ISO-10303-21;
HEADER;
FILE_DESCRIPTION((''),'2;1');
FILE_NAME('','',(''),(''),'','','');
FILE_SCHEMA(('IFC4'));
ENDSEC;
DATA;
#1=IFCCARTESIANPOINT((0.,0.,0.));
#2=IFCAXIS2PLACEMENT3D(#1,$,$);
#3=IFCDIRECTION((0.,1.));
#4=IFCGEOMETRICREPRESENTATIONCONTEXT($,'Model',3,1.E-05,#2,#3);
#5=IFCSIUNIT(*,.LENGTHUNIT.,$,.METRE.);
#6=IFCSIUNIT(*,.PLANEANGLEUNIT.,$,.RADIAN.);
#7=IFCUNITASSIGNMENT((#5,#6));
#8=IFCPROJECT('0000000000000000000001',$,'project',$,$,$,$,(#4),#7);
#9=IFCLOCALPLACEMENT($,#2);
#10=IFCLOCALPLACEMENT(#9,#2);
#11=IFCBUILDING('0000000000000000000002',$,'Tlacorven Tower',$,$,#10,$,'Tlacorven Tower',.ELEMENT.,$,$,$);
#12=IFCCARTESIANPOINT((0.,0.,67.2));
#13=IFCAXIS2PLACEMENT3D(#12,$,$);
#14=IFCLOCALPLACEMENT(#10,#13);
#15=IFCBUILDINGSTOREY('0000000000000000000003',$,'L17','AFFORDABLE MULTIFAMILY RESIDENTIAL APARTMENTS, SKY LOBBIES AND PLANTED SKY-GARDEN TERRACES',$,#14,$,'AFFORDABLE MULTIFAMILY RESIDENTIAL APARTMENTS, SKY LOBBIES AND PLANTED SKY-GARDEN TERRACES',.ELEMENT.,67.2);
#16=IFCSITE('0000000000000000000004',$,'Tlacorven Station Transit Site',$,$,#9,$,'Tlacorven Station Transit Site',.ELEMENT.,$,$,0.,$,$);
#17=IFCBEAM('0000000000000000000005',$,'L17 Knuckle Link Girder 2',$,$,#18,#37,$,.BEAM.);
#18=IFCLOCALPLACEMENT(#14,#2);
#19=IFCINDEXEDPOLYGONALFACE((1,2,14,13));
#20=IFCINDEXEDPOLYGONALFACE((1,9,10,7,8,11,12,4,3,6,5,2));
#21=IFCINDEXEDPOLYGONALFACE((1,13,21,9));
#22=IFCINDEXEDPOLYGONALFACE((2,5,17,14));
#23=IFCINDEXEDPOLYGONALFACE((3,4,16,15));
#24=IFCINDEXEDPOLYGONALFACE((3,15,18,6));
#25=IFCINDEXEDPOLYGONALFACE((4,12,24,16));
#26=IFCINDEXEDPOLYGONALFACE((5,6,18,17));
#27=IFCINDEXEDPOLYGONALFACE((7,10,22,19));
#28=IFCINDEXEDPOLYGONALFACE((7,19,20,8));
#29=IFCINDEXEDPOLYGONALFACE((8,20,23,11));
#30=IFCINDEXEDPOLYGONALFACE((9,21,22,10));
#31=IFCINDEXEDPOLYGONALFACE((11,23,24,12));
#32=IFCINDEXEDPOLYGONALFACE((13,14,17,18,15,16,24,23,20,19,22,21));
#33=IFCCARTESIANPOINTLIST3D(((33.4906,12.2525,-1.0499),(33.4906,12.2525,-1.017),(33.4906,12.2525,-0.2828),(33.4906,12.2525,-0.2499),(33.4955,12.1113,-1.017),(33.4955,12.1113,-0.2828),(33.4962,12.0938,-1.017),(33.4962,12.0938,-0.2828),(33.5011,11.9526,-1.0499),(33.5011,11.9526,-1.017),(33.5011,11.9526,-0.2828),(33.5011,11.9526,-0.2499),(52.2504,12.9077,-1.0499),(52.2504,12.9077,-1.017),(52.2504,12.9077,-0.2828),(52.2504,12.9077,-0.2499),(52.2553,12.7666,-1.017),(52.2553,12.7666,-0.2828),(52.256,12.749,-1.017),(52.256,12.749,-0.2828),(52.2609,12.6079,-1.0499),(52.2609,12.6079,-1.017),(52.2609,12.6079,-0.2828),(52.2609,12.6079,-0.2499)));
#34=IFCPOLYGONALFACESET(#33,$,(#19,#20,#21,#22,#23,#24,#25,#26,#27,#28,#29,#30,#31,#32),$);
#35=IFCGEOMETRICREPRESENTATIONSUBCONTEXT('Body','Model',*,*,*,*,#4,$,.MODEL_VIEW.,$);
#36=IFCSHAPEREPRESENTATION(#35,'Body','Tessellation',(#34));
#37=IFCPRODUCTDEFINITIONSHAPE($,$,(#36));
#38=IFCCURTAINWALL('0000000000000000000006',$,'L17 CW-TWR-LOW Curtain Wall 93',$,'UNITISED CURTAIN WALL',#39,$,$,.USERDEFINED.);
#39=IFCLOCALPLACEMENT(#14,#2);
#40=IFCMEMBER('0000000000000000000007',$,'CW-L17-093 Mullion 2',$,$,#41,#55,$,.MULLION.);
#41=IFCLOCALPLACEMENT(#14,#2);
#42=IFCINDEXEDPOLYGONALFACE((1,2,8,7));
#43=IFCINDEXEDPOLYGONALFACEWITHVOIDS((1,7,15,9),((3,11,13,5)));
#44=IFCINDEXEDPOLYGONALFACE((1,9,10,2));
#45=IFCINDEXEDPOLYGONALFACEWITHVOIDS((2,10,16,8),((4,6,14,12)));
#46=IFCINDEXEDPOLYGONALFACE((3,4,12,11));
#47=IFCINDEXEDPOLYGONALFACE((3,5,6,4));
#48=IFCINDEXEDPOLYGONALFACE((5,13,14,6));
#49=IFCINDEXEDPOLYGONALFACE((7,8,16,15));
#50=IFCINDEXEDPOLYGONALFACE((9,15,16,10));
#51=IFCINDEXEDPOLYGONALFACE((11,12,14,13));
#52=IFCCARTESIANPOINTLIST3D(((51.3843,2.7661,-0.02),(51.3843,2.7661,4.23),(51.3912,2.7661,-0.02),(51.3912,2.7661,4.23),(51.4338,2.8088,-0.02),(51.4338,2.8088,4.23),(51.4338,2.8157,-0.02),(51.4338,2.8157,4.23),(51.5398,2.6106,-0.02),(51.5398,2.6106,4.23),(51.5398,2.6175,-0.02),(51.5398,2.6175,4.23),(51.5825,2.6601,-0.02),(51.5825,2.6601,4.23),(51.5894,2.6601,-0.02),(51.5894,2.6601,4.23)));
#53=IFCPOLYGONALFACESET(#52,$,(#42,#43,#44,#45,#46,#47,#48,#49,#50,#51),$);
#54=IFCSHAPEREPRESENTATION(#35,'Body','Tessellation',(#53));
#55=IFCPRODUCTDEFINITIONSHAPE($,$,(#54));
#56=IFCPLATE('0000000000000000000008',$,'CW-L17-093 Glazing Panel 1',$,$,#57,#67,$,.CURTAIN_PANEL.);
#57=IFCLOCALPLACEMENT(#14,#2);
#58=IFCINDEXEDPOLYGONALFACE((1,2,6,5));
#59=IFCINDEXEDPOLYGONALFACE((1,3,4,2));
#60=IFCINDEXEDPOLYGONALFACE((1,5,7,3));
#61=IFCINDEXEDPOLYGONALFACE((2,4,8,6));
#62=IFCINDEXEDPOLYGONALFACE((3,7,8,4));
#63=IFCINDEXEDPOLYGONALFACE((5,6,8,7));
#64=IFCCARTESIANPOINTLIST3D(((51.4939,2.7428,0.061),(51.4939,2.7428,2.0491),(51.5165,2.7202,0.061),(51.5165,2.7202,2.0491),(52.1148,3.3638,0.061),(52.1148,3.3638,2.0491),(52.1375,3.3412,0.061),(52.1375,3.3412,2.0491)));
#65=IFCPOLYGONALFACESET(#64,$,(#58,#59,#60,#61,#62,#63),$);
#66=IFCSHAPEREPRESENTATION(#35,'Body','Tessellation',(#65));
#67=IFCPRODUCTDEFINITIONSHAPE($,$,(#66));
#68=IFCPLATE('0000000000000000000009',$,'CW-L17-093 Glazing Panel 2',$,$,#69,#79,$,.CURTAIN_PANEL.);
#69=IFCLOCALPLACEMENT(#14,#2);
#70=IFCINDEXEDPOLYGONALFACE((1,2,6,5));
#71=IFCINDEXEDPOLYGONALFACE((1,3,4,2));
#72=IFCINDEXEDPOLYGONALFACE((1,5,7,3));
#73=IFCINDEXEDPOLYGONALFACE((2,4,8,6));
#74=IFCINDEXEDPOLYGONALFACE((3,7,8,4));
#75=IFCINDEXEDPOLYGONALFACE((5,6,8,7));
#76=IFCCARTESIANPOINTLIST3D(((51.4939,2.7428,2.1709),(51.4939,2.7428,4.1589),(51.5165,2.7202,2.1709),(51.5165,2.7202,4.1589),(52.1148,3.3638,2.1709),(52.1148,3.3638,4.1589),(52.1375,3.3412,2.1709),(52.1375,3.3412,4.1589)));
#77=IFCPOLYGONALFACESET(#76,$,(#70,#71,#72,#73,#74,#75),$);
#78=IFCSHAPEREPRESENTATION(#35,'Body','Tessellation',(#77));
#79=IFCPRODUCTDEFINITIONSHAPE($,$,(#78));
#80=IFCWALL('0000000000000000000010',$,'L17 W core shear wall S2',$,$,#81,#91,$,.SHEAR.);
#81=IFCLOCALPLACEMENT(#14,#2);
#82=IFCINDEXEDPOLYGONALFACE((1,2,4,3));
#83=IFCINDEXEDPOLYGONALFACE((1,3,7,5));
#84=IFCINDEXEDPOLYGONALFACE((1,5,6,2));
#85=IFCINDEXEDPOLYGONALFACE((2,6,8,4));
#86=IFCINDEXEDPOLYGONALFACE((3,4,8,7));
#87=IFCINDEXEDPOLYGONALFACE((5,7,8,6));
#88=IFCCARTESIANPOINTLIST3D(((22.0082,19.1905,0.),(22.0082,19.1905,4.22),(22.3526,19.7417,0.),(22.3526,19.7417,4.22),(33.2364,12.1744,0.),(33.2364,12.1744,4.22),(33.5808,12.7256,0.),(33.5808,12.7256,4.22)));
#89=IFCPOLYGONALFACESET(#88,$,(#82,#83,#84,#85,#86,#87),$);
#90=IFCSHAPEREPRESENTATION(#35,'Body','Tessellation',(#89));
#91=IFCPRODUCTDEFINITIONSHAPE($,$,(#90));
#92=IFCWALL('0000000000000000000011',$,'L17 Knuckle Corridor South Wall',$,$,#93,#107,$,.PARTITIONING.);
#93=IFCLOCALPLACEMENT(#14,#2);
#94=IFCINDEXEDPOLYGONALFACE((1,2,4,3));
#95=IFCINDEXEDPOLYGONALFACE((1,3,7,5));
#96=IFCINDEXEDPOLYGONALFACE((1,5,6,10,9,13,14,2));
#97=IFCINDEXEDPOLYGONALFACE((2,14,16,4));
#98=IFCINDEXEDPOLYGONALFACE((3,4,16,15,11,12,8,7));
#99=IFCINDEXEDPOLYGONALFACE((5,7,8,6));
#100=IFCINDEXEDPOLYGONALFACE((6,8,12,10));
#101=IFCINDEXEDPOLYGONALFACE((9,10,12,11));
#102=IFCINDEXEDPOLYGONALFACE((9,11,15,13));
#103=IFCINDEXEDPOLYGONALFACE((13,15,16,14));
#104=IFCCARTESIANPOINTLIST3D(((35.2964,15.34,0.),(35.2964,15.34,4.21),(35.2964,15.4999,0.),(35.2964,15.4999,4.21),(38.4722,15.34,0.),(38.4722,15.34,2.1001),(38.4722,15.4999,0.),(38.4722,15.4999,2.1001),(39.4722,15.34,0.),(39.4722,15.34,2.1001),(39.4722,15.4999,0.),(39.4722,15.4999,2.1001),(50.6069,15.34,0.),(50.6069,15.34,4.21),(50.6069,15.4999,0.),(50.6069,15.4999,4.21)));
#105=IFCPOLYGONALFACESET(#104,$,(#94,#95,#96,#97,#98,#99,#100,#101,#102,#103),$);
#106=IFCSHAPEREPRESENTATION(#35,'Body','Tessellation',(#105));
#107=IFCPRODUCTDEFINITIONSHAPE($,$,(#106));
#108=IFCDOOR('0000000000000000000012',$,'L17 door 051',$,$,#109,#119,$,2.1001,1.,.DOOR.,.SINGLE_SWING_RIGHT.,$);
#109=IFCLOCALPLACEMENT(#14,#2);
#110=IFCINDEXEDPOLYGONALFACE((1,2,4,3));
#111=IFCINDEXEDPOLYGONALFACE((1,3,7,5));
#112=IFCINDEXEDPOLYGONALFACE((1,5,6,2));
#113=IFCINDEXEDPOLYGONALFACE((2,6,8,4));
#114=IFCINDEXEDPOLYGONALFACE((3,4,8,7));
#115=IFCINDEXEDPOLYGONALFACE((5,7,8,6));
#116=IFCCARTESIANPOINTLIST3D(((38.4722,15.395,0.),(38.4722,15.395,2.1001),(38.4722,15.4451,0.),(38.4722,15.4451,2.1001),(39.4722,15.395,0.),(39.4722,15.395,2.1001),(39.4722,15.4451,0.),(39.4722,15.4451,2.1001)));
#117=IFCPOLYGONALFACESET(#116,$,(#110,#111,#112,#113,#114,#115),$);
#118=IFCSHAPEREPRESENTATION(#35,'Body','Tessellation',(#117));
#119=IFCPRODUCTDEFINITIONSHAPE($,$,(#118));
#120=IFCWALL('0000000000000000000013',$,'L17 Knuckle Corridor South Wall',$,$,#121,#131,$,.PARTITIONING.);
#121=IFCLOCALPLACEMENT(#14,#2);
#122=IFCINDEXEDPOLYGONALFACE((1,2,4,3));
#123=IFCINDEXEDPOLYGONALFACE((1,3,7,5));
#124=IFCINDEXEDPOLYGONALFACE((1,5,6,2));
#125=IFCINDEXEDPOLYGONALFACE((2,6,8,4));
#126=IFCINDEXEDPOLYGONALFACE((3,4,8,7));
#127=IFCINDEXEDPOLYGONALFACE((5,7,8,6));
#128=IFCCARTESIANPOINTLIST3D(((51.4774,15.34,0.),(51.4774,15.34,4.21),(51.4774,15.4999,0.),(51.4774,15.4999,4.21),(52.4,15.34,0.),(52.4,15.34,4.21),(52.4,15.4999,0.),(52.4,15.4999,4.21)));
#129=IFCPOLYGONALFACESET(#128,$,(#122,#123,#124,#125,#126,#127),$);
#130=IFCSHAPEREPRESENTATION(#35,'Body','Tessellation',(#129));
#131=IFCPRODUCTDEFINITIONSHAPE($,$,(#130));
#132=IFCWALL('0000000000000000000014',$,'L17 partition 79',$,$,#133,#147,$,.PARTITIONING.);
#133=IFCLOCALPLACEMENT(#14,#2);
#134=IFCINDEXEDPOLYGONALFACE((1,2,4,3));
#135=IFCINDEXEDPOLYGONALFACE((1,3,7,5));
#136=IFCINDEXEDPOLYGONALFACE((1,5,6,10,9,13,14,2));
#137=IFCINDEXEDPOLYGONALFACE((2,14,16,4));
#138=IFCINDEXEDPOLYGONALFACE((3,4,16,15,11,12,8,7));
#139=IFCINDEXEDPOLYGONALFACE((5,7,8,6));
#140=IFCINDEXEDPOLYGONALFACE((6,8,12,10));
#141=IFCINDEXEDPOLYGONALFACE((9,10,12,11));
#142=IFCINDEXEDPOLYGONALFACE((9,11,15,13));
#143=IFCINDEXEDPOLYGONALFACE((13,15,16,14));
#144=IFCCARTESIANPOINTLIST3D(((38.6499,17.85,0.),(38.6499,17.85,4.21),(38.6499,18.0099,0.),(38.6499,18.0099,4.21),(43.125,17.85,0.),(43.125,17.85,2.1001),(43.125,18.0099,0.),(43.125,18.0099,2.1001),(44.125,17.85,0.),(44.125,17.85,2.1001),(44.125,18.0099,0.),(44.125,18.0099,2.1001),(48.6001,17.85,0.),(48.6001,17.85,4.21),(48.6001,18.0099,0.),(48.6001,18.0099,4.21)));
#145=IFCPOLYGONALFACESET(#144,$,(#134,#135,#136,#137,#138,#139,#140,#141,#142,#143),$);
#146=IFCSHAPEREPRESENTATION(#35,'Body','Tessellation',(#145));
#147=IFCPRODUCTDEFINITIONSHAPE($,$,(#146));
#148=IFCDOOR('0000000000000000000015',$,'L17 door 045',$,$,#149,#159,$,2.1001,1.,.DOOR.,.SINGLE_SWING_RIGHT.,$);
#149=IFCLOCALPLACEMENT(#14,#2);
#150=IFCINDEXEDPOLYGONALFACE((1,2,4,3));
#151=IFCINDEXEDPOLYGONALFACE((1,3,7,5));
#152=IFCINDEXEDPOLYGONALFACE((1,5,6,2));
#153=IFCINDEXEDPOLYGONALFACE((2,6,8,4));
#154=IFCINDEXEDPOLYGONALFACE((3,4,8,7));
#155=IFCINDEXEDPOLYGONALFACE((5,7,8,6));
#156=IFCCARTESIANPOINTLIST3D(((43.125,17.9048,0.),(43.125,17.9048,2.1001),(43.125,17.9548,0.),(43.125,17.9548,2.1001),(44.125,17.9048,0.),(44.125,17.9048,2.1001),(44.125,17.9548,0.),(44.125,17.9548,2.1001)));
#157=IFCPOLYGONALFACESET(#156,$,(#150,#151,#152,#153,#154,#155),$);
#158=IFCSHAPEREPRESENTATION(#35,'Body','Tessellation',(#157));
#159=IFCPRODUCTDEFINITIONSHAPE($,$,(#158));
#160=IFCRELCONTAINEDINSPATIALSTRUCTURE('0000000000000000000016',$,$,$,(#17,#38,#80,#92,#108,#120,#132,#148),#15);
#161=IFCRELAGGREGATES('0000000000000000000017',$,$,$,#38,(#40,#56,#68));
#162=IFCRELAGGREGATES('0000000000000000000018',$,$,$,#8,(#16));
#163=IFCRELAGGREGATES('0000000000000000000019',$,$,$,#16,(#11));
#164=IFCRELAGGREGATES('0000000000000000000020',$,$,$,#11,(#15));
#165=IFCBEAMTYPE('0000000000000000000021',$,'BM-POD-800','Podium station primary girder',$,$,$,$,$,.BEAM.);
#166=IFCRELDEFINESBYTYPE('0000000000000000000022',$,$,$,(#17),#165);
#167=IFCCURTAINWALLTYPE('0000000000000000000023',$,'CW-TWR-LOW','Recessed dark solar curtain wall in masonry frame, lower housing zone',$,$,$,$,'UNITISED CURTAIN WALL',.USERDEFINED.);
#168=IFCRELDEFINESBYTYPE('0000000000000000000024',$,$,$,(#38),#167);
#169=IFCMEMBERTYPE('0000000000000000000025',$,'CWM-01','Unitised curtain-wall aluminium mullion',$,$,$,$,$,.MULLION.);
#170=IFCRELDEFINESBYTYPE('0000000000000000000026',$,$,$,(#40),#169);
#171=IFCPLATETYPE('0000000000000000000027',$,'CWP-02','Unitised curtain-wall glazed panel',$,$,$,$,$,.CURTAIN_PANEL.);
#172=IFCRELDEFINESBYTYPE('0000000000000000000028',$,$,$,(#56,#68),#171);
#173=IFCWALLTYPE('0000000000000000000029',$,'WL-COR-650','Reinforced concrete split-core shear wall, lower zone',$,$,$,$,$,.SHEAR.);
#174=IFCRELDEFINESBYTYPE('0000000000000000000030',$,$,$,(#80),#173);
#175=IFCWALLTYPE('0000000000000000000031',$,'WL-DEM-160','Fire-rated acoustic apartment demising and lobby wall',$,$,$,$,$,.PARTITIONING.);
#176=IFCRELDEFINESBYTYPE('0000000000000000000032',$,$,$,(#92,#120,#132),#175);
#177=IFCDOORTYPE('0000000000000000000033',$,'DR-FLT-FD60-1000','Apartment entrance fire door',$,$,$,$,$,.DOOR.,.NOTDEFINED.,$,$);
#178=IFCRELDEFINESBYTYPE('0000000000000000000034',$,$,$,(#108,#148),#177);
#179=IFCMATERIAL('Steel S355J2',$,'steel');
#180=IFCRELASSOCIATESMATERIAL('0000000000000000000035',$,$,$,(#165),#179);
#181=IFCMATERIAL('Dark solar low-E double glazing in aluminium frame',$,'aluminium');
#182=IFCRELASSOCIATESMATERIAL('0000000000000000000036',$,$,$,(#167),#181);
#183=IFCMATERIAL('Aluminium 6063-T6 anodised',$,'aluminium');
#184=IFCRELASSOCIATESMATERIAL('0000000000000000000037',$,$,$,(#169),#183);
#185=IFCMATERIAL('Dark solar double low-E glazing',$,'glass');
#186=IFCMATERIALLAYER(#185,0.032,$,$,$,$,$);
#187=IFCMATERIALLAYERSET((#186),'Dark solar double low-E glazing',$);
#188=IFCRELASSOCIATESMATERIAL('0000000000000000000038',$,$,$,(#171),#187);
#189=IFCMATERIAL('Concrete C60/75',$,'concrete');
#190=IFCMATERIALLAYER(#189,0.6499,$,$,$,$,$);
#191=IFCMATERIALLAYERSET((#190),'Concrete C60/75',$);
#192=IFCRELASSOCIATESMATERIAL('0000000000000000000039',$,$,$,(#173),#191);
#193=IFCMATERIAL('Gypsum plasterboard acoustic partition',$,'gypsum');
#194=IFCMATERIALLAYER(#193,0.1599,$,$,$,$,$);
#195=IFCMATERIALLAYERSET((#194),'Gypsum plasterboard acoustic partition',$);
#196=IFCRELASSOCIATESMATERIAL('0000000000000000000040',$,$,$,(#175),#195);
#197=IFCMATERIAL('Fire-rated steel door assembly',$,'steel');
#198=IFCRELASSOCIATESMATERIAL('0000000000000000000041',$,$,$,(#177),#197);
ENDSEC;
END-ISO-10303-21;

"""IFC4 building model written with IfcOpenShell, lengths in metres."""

from ifc_helpers import new_model, si_unit, direction, frame, frame_2d, origin, origin_2d, place, context, subcontext, project, spatial, rectangle, hollow_rectangle, i_section, extrude, source, transform, mapped, material, layer, layer_set, material_profile, profile_set, type_object, element, fill, aggregate, save


model = new_model("IFC4")

# Units and contexts
model_context = context("Model", 3, precision=1e-05, world=origin(), true_north=direction((0.0, 1.0)))
body_context = subcontext(model_context, "Body", "Model", "MODEL_VIEW")
ifc_project = project(units=[si_unit("LENGTHUNIT", "METRE"), si_unit("PLANEANGLEUNIT", "RADIAN")], contexts=[model_context])

# Site, building, storey
site_placement = place(None, origin())
site = spatial("IfcSite", under=ifc_project, at=site_placement, Name="Tlacorven Station Transit Site", LongName="Tlacorven Station Transit Site", CompositionType="ELEMENT", RefElevation=0.0)
building_placement = place(site_placement, origin())
building = spatial("IfcBuilding", under=site, at=building_placement, Name="Tlacorven Tower", LongName="Tlacorven Tower", CompositionType="ELEMENT")
storey_placement = place(building_placement, frame((0.0, 0.0, 67.2)))
storey = spatial("IfcBuildingStorey", under=building, at=storey_placement, Name="L17", Description="AFFORDABLE MULTIFAMILY RESIDENTIAL APARTMENTS, SKY LOBBIES AND PLANTED SKY-GARDEN TERRACES", LongName="AFFORDABLE MULTIFAMILY RESIDENTIAL APARTMENTS, SKY LOBBIES AND PLANTED SKY-GARDEN TERRACES", CompositionType="ELEMENT", Elevation=67.2)

# Beam
ifc_material_1 = material(Name="Steel S355J2", Category="steel")
ifc_material_profile_1 = material_profile(ifc_material_1, i_section(OverallWidth=0.3, OverallDepth=0.8, WebThickness=0.0176, FlangeThickness=0.033, at=origin_2d()), Name="HEB 800")
ifc_profile_set_1 = profile_set([ifc_material_profile_1], Name="Steel S355J2")
beam_type = type_object("IfcBeamType", Name="BM-POD-800", Description="Podium station primary girder", PredefinedType="BEAM", material=ifc_profile_set_1)
shared_shape_1 = source(origin(), body_context, "Body", "SweptSolid", [
    extrude(i_section(OverallWidth=0.3, OverallDepth=0.8, WebThickness=0.0176, FlangeThickness=0.033, at=origin_2d()), origin(), (0.0, 0.0, 1.0), 18.7712),
])
beam_placement = place(storey_placement, frame((33.4958, 12.1025, -0.6499), z_axis=(0.999391, 0.034908, 0.0), x_axis=(-0.034908, 0.999391, 0.0)))
element("IfcBeam", 1, at=beam_placement, inside=storey, type_object=beam_type, Name="L17 Knuckle Link Girder 2", PredefinedType="BEAM", context=body_context, shape_type="MappedRepresentation", body=[
    mapped(shared_shape_1, transform((0.0, 0.0, 0.0), scale=1.0)),
])

# Curtain wall, member, plates
ifc_material_2 = material(Name="Dark solar low-E double glazing in aluminium frame", Category="aluminium")
curtain_wall_type = type_object("IfcCurtainWallType", Name="CW-TWR-LOW", Description="Recessed dark solar curtain wall in masonry frame, lower housing zone", ElementType="UNITISED CURTAIN WALL", PredefinedType="USERDEFINED", material=ifc_material_2)
curtain_wall_placement = place(storey_placement, origin())
curtain_wall = element("IfcCurtainWall", 2, at=curtain_wall_placement, inside=storey, type_object=curtain_wall_type, Name="L17 CW-TWR-LOW Curtain Wall 93", ObjectType="UNITISED CURTAIN WALL", PredefinedType="USERDEFINED")
ifc_material_3 = material(Name="Aluminium 6063-T6 anodised", Category="aluminium")
ifc_material_profile_2 = material_profile(ifc_material_3, hollow_rectangle(XDim=0.0701, YDim=0.22, WallThickness=0.0049, at=origin_2d()), Name="ALU MULLION 70X220")
ifc_profile_set_2 = profile_set([ifc_material_profile_2], Name="Aluminium 6063-T6 anodised")
member_type = type_object("IfcMemberType", Name="CWM-01", Description="Unitised curtain-wall aluminium mullion", PredefinedType="MULLION", material=ifc_profile_set_2)
shared_shape_2 = source(origin(), body_context, "Body", "SweptSolid", [
    extrude(hollow_rectangle(XDim=0.0701, YDim=0.22, WallThickness=0.0049, at=origin_2d()), origin(), (0.0, 0.0, 1.0), 4.25),
])
member_placement = place(storey_placement, frame((51.4868, 2.7131, -0.02), z_axis=(0.0, 0.0, 1.0), x_axis=(-0.707107, -0.707107, 0.0)))
member = element("IfcMember", 3, at=member_placement, type_object=member_type, Name="CW-L17-093 Mullion 2", PredefinedType="MULLION", context=body_context, shape_type="MappedRepresentation", body=[
    mapped(shared_shape_2, transform((0.0, 0.0, 0.0), scale=1.0)),
])
ifc_material_4 = material(Name="Dark solar double low-E glazing", Category="glass")
ifc_layer_1 = layer(ifc_material_4, 0.032)
ifc_layer_set_1 = layer_set([ifc_layer_1], Name="Dark solar double low-E glazing")
plate_type = type_object("IfcPlateType", Name="CWP-02", Description="Unitised curtain-wall glazed panel", PredefinedType="CURTAIN_PANEL", material=ifc_layer_set_1)
shared_shape_3 = source(origin(), body_context, "Body", "SweptSolid", [
    extrude(rectangle(XDim=0.8782, YDim=0.032, at=origin_2d()), origin(), (0.0, 0.0, 1.0), 1.988),
])
plate_1_placement = place(storey_placement, frame((51.8157, 3.042, 0.061), z_axis=(0.0, 0.0, 1.0), x_axis=(-0.707107, -0.707107, 0.0)))
plate_1 = element("IfcPlate", 4, at=plate_1_placement, type_object=plate_type, Name="CW-L17-093 Glazing Panel 1", PredefinedType="CURTAIN_PANEL", context=body_context, shape_type="MappedRepresentation", body=[
    mapped(shared_shape_3, transform((0.0, 0.0, 0.0), scale=1.0)),
])
plate_2_placement = place(storey_placement, frame((51.8157, 3.042, 2.1709), z_axis=(0.0, 0.0, 1.0), x_axis=(-0.707107, -0.707107, 0.0)))
plate_2 = element("IfcPlate", 5, at=plate_2_placement, type_object=plate_type, Name="CW-L17-093 Glazing Panel 2", PredefinedType="CURTAIN_PANEL", context=body_context, shape_type="MappedRepresentation", body=[
    mapped(shared_shape_3, transform((0.0, 0.0, 0.0), scale=1.0)),
])
aggregate(curtain_wall, [member, plate_1, plate_2])

# Wall
ifc_material_5 = material(Name="Concrete C60/75", Category="concrete")
ifc_layer_2 = layer(ifc_material_5, 0.6499)
ifc_layer_set_2 = layer_set([ifc_layer_2], Name="Concrete C60/75")
wall_type_1 = type_object("IfcWallType", Name="WL-COR-650", Description="Reinforced concrete split-core shear wall, lower zone", PredefinedType="SHEAR", material=ifc_layer_set_2)
wall_1_placement = place(storey_placement, frame((33.4087, 12.45, 0.0), z_axis=(0.0, 0.0, 1.0), x_axis=(-0.848051, 0.529914, 0.0)))
element("IfcWall", 6, at=wall_1_placement, inside=storey, type_object=wall_type_1, Name="L17 W core shear wall S2", PredefinedType="SHEAR", context=body_context, shape_type="SweptSolid", body=[
    extrude(rectangle(XDim=13.24, YDim=0.6499, at=frame_2d((6.6201, 0.0))), origin(), (0.0, 0.0, 1.0), 4.22),
])

# Wall, opening, door
ifc_material_6 = material(Name="Gypsum plasterboard acoustic partition", Category="gypsum")
ifc_layer_3 = layer(ifc_material_6, 0.1599)
ifc_layer_set_3 = layer_set([ifc_layer_3], Name="Gypsum plasterboard acoustic partition")
wall_type_2 = type_object("IfcWallType", Name="WL-DEM-160", Description="Fire-rated acoustic apartment demising and lobby wall", PredefinedType="PARTITIONING", material=ifc_layer_set_3)
wall_2_placement = place(storey_placement, frame((35.2964, 15.4199, 0.0), z_axis=(0.0, 0.0, 1.0), x_axis=(1.0, 0.0, 0.0)))
wall_2 = element("IfcWall", 7, at=wall_2_placement, inside=storey, type_object=wall_type_2, Name="L17 Knuckle Corridor South Wall", PredefinedType="PARTITIONING", context=body_context, shape_type="SweptSolid", body=[
    extrude(rectangle(XDim=15.3105, YDim=0.1599, at=frame_2d((7.6553, 0.0))), origin(), (0.0, 0.0, 1.0), 4.21),
])
opening_1_placement = place(wall_2_placement, frame((3.1758, 0.0, 0.0)))
opening_1 = element("IfcOpeningElement", 8, at=opening_1_placement, cuts=wall_2, PredefinedType="OPENING", context=body_context, shape_type="SweptSolid", body=[
    extrude(rectangle(XDim=1.0, YDim=2.1001, at=frame_2d((0.5, 1.05))), frame((0.0, 0.0898, 0.0), z_axis=(0.0, -1.0, 0.0), x_axis=(1.0, 0.0, 0.0)), (0.0, 0.0, 1.0), 0.1799),
])
ifc_material_7 = material(Name="Fire-rated steel door assembly", Category="steel")
door_type_1 = type_object("IfcDoorType", Name="DR-FLT-FD60-1000", Description="Apartment entrance fire door", OperationType="NOTDEFINED", PredefinedType="DOOR", material=ifc_material_7)
shared_shape_4 = source(origin(), body_context, "Body", "SweptSolid", [
    extrude(rectangle(XDim=1.0, YDim=2.1001, at=frame_2d((0.5, 1.05))), frame((0.0, 0.0249, 0.0), z_axis=(0.0, -1.0, 0.0), x_axis=(1.0, 0.0, 0.0)), (0.0, 0.0, 1.0), 0.05),
])
door_1_placement = place(opening_1_placement, frame((1.0, 0.0, 0.0), z_axis=(0.0, 0.0, 1.0), x_axis=(-1.0, 0.0, 0.0)))
door_1 = element("IfcDoor", 9, at=door_1_placement, inside=storey, type_object=door_type_1, Name="L17 door 051", OperationType="SINGLE_SWING_RIGHT", OverallHeight=2.1001, OverallWidth=1.0, PredefinedType="DOOR", context=body_context, shape_type="MappedRepresentation", body=[
    mapped(shared_shape_4, transform((0.0, 0.0, 0.0), scale=1.0)),
])
fill(opening_1, door_1)

# Wall
wall_3_placement = place(storey_placement, frame((51.4773, 15.4199, 0.0), z_axis=(0.0, 0.0, 1.0), x_axis=(1.0, 0.0, 0.0)))
element("IfcWall", 10, at=wall_3_placement, inside=storey, type_object=wall_type_2, Name="L17 Knuckle Corridor South Wall", PredefinedType="PARTITIONING", context=body_context, shape_type="SweptSolid", body=[
    extrude(rectangle(XDim=0.9226, YDim=0.1599, at=frame_2d((0.4614, 0.0))), origin(), (0.0, 0.0, 1.0), 4.21),
])

# Wall, opening, door
wall_4_placement = place(storey_placement, frame((38.6499, 17.9299, 0.0), z_axis=(0.0, 0.0, 1.0), x_axis=(1.0, 0.0, 0.0)))
wall_4 = element("IfcWall", 11, at=wall_4_placement, inside=storey, type_object=wall_type_2, Name="L17 partition 79", PredefinedType="PARTITIONING", context=body_context, shape_type="SweptSolid", body=[
    extrude(rectangle(XDim=9.9502, YDim=0.1599, at=frame_2d((4.9751, 0.0))), origin(), (0.0, 0.0, 1.0), 4.21),
])
opening_2_placement = place(wall_4_placement, frame((4.4751, 0.0, 0.0)))
opening_2 = element("IfcOpeningElement", 12, at=opening_2_placement, cuts=wall_4, PredefinedType="OPENING", context=body_context, shape_type="SweptSolid", body=[
    extrude(rectangle(XDim=1.0, YDim=2.1001, at=frame_2d((0.5, 1.05))), frame((0.0, 0.0898, 0.0), z_axis=(0.0, -1.0, 0.0), x_axis=(1.0, 0.0, 0.0)), (0.0, 0.0, 1.0), 0.1799),
])
door_2_placement = place(opening_2_placement, origin())
door_2 = element("IfcDoor", 13, at=door_2_placement, inside=storey, type_object=door_type_1, Name="L17 door 045", OperationType="SINGLE_SWING_RIGHT", OverallHeight=2.1001, OverallWidth=1.0, PredefinedType="DOOR", context=body_context, shape_type="MappedRepresentation", body=[
    mapped(shared_shape_4, transform((0.0, 0.0, 0.0), scale=1.0)),
])
fill(opening_2, door_2)

save(model, "model.ifc")
